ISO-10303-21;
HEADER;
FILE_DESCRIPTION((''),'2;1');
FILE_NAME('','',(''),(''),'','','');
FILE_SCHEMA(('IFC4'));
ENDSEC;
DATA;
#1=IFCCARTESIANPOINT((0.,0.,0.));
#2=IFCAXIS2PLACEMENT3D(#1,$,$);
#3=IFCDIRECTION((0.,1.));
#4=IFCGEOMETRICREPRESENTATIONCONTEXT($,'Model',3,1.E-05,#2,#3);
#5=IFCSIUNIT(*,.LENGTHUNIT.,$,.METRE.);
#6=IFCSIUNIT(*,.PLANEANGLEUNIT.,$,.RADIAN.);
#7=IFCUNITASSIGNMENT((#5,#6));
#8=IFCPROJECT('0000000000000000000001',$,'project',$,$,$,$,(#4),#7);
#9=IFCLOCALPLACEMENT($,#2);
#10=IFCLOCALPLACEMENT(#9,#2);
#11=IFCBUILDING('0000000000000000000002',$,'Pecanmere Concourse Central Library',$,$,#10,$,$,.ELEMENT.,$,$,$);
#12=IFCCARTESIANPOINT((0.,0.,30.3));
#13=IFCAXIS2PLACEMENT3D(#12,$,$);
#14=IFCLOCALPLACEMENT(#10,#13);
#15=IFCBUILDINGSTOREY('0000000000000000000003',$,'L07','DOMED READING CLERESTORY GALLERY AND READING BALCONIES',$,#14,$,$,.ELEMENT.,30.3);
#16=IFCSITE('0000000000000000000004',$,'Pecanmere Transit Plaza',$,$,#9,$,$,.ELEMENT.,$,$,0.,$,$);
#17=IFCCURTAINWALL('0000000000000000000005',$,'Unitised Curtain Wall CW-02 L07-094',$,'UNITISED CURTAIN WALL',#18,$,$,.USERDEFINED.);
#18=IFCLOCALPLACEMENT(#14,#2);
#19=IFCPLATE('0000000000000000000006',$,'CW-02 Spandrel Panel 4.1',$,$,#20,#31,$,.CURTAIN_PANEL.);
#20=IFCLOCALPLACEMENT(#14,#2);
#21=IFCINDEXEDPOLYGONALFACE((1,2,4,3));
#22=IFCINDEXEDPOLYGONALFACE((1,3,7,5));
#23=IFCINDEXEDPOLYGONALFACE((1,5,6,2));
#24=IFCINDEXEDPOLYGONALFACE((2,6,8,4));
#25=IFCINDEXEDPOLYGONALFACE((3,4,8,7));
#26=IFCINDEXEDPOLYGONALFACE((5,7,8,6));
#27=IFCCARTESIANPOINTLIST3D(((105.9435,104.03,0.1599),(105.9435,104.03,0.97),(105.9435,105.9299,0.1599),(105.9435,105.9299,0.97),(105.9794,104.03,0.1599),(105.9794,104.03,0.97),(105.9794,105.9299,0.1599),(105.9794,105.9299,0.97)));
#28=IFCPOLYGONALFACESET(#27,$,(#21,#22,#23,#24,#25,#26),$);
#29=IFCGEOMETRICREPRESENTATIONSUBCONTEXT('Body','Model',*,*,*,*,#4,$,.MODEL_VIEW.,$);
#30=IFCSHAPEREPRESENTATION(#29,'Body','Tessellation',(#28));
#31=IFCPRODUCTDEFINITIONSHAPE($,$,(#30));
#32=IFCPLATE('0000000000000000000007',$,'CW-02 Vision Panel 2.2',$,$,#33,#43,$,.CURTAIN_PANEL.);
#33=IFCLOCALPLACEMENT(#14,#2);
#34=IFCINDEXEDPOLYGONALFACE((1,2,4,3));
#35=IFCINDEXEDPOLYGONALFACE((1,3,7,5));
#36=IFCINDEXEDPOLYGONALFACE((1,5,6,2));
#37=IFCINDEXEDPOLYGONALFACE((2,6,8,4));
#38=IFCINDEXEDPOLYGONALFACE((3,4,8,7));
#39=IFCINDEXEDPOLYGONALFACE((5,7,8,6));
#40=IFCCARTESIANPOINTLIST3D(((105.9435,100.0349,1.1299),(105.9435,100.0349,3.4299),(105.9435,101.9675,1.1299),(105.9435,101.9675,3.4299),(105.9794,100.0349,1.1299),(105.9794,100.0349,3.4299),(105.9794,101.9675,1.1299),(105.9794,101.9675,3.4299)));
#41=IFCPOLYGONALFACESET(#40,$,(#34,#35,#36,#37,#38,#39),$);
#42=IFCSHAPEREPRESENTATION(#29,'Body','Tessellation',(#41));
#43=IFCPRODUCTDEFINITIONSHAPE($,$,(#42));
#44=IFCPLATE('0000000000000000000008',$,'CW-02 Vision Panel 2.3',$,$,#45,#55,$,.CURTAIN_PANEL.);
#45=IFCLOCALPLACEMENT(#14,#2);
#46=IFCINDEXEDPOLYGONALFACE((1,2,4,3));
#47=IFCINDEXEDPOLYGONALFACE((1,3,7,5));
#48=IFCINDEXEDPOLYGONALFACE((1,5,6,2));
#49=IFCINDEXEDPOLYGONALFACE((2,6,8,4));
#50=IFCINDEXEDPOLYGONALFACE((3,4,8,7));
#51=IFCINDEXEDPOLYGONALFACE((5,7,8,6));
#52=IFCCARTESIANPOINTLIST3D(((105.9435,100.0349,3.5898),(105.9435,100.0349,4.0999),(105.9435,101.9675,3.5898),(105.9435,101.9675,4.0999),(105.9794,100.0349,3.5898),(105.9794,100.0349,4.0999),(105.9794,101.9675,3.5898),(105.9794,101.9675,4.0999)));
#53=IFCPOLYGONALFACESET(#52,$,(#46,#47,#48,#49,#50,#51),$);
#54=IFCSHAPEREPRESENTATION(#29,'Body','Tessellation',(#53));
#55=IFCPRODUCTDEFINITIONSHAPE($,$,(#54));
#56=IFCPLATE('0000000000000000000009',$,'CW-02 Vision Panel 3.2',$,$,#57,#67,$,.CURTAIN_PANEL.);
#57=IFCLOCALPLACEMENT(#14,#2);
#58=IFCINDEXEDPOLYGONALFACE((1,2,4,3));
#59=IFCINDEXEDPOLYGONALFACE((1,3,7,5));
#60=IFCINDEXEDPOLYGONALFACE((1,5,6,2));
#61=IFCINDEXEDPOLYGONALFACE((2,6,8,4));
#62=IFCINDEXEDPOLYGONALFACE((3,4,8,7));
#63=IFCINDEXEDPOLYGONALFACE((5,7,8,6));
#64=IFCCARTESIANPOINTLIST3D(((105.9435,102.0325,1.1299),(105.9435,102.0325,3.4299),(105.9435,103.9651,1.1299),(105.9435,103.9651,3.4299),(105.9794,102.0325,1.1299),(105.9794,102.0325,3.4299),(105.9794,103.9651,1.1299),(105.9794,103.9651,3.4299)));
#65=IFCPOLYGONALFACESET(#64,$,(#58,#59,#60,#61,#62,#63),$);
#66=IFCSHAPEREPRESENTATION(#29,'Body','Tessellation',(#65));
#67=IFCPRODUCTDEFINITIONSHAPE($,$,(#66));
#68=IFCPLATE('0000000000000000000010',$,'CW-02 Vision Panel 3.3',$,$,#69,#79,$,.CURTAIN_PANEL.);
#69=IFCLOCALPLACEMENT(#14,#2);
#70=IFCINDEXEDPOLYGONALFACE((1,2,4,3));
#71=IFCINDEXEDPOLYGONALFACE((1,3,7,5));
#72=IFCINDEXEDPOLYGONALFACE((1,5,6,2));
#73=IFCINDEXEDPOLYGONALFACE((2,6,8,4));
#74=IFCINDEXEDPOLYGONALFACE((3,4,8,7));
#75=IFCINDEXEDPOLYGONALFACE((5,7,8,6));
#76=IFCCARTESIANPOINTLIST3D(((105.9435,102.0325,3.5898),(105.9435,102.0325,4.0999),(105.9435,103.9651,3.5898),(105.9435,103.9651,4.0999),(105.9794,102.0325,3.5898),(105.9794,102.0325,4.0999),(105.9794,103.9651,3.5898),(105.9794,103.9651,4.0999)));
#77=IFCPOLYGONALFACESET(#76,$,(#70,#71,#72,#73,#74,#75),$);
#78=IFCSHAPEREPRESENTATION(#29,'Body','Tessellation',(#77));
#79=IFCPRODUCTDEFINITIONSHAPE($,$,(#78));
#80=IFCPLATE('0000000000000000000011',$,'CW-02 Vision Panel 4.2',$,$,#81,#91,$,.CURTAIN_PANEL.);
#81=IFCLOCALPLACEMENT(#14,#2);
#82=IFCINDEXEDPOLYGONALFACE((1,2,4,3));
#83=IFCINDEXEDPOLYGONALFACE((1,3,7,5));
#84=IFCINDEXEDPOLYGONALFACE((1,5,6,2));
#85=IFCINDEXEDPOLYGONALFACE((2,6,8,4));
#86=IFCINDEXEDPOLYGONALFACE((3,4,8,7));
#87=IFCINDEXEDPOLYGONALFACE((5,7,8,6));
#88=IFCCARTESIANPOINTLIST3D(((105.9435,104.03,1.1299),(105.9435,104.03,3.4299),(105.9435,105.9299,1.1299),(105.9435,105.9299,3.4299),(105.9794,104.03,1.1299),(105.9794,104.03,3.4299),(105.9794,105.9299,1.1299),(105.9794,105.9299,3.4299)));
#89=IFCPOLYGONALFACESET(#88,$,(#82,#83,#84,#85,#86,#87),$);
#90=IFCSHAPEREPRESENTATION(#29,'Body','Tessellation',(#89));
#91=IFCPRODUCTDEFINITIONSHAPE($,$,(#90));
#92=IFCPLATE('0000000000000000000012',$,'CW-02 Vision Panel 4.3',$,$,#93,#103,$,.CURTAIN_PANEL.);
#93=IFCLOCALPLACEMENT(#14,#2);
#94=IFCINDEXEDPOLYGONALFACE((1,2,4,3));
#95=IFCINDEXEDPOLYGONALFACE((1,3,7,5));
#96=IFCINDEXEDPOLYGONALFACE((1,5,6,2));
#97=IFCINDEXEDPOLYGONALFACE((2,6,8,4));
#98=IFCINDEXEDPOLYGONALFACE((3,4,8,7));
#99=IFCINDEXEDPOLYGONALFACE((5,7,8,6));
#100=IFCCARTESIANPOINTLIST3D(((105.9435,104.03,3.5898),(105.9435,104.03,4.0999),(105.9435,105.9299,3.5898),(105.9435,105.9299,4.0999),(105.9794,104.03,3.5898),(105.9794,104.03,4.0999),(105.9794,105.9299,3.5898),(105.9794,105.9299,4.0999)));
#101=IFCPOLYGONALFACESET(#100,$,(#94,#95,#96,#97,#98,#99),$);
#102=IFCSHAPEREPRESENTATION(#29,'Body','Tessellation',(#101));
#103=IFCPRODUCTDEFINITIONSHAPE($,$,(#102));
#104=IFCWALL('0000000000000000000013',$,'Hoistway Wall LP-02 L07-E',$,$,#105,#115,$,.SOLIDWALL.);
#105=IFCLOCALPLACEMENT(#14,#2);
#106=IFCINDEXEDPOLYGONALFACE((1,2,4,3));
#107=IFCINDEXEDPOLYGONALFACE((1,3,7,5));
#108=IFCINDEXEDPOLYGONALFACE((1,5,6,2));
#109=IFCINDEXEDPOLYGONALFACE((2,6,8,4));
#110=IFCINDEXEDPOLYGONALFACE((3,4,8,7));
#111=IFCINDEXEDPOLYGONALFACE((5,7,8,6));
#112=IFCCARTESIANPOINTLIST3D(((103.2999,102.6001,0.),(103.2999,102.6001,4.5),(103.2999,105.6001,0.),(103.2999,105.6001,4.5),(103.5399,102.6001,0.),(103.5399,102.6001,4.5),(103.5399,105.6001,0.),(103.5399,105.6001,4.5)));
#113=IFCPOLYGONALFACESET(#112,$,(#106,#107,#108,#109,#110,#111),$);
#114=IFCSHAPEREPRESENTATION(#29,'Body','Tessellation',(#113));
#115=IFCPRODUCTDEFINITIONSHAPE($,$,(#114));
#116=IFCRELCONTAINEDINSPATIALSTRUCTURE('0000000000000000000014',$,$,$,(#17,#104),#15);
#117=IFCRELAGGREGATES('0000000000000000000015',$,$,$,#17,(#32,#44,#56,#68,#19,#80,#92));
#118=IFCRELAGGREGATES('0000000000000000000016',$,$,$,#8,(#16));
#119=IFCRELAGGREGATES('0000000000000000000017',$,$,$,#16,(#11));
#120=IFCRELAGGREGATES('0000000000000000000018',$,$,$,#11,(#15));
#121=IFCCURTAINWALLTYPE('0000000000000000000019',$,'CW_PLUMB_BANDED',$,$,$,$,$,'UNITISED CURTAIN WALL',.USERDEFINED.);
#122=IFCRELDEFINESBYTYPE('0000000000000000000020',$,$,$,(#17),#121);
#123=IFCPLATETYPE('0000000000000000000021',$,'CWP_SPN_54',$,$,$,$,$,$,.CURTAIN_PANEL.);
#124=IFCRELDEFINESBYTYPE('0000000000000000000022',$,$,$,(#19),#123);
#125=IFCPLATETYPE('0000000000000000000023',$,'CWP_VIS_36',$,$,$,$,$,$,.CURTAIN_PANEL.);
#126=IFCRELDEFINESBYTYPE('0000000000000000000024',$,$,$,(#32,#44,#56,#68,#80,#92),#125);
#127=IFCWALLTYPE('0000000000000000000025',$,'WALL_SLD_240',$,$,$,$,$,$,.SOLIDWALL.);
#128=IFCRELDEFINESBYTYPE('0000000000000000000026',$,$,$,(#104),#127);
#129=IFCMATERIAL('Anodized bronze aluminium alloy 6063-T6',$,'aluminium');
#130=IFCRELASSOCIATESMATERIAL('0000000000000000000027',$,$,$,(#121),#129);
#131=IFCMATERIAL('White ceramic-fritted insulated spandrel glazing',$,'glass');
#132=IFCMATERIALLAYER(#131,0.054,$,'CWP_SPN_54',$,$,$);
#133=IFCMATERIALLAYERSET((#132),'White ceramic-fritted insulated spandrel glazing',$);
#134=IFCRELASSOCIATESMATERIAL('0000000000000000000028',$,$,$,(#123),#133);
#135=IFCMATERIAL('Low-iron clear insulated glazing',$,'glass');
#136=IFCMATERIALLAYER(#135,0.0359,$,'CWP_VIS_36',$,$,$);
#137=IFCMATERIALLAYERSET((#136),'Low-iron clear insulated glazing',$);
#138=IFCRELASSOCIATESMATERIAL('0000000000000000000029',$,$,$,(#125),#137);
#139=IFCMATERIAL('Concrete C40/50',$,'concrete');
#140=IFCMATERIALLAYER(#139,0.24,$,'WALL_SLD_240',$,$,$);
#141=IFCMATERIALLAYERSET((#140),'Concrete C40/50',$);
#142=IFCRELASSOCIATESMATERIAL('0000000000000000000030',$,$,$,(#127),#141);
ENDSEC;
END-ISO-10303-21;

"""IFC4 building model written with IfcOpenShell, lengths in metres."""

from ifc_helpers import new_model, si_unit, direction, frame, frame_2d, origin, origin_2d, place, context, subcontext, project, spatial, rectangle, extrude, material, layer, layer_set, type_object, element, aggregate, save


model = new_model("IFC4")

# Units and contexts
model_context = context("Model", 3, precision=1e-05, world=origin(), true_north=direction((0.0, 1.0)))
body_context = subcontext(model_context, "Body", "Model", "MODEL_VIEW")
ifc_project = project(units=[si_unit("LENGTHUNIT", "METRE"), si_unit("PLANEANGLEUNIT", "RADIAN")], contexts=[model_context])

# Site, building, storey
site_placement = place(None, origin())
site = spatial("IfcSite", under=ifc_project, at=site_placement, Name="Pecanmere Transit Plaza", CompositionType="ELEMENT", RefElevation=0.0)
building_placement = place(site_placement, origin())
building = spatial("IfcBuilding", under=site, at=building_placement, Name="Pecanmere Concourse Central Library", CompositionType="ELEMENT")
storey_placement = place(building_placement, frame((0.0, 0.0, 30.3)))
storey = spatial("IfcBuildingStorey", under=building, at=storey_placement, Name="L07", Description="DOMED READING CLERESTORY GALLERY AND READING BALCONIES", CompositionType="ELEMENT", Elevation=30.3)

# Curtain wall, plates
ifc_material_1 = material(Name="Anodized bronze aluminium alloy 6063-T6", Category="aluminium")
curtain_wall_type = type_object("IfcCurtainWallType", Name="CW_PLUMB_BANDED", ElementType="UNITISED CURTAIN WALL", PredefinedType="USERDEFINED", material=ifc_material_1)
curtain_wall_placement = place(storey_placement, origin())
curtain_wall = element("IfcCurtainWall", 1, at=curtain_wall_placement, inside=storey, type_object=curtain_wall_type, Name="Unitised Curtain Wall CW-02 L07-094", ObjectType="UNITISED CURTAIN WALL", PredefinedType="USERDEFINED")
ifc_material_2 = material(Name="White ceramic-fritted insulated spandrel glazing", Category="glass")
ifc_layer_1 = layer(ifc_material_2, 0.054, Name="CWP_SPN_54")
ifc_layer_set_1 = layer_set([ifc_layer_1], Name="White ceramic-fritted insulated spandrel glazing")
plate_type_1 = type_object("IfcPlateType", Name="CWP_SPN_54", PredefinedType="CURTAIN_PANEL", material=ifc_layer_set_1)
plate_1_placement = place(storey_placement, frame((105.9614, 104.98, 0.1599), z_axis=(0.0, 0.0, 1.0), x_axis=(0.0, 1.0, 0.0)))
plate_1 = element("IfcPlate", 2, at=plate_1_placement, type_object=plate_type_1, Name="CW-02 Spandrel Panel 4.1", PredefinedType="CURTAIN_PANEL", context=body_context, shape_type="SweptSolid", body=[
    extrude(rectangle(XDim=1.8999, YDim=0.0359, at=origin_2d()), origin(), (0.0, 0.0, 1.0), 0.8101),
])
ifc_material_3 = material(Name="Low-iron clear insulated glazing", Category="glass")
ifc_layer_2 = layer(ifc_material_3, 0.0359, Name="CWP_VIS_36")
ifc_layer_set_2 = layer_set([ifc_layer_2], Name="Low-iron clear insulated glazing")
plate_type_2 = type_object("IfcPlateType", Name="CWP_VIS_36", PredefinedType="CURTAIN_PANEL", material=ifc_layer_set_2)
plate_2_placement = place(storey_placement, frame((105.9614, 101.0012, 1.1299), z_axis=(0.0, 0.0, 1.0), x_axis=(0.0, 1.0, 0.0)))
plate_2 = element("IfcPlate", 3, at=plate_2_placement, type_object=plate_type_2, Name="CW-02 Vision Panel 2.2", PredefinedType="CURTAIN_PANEL", context=body_context, shape_type="SweptSolid", body=[
    extrude(rectangle(XDim=1.9326, YDim=0.0359, at=origin_2d()), origin(), (0.0, 0.0, 1.0), 2.3),
])
plate_3_placement = place(storey_placement, frame((105.9614, 101.0012, 3.5898), z_axis=(0.0, 0.0, 1.0), x_axis=(0.0, 1.0, 0.0)))
plate_3 = element("IfcPlate", 4, at=plate_3_placement, type_object=plate_type_2, Name="CW-02 Vision Panel 2.3", PredefinedType="CURTAIN_PANEL", context=body_context, shape_type="SweptSolid", body=[
    extrude(rectangle(XDim=1.9326, YDim=0.0359, at=origin_2d()), origin(), (0.0, 0.0, 1.0), 0.51),
])
plate_4_placement = place(storey_placement, frame((105.9614, 102.9988, 1.1299), z_axis=(0.0, 0.0, 1.0), x_axis=(0.0, 1.0, 0.0)))
plate_4 = element("IfcPlate", 5, at=plate_4_placement, type_object=plate_type_2, Name="CW-02 Vision Panel 3.2", PredefinedType="CURTAIN_PANEL", context=body_context, shape_type="SweptSolid", body=[
    extrude(rectangle(XDim=1.9326, YDim=0.0359, at=origin_2d()), origin(), (0.0, 0.0, 1.0), 2.3),
])
plate_5_placement = place(storey_placement, frame((105.9614, 102.9988, 3.5898), z_axis=(0.0, 0.0, 1.0), x_axis=(0.0, 1.0, 0.0)))
plate_5 = element("IfcPlate", 6, at=plate_5_placement, type_object=plate_type_2, Name="CW-02 Vision Panel 3.3", PredefinedType="CURTAIN_PANEL", context=body_context, shape_type="SweptSolid", body=[
    extrude(rectangle(XDim=1.9326, YDim=0.0359, at=origin_2d()), origin(), (0.0, 0.0, 1.0), 0.51),
])
plate_6_placement = place(storey_placement, frame((105.9614, 104.98, 1.1299), z_axis=(0.0, 0.0, 1.0), x_axis=(0.0, 1.0, 0.0)))
plate_6 = element("IfcPlate", 7, at=plate_6_placement, type_object=plate_type_2, Name="CW-02 Vision Panel 4.2", PredefinedType="CURTAIN_PANEL", context=body_context, shape_type="SweptSolid", body=[
    extrude(rectangle(XDim=1.8999, YDim=0.0359, at=origin_2d()), origin(), (0.0, 0.0, 1.0), 2.3),
])
plate_7_placement = place(storey_placement, frame((105.9614, 104.98, 3.5898), z_axis=(0.0, 0.0, 1.0), x_axis=(0.0, 1.0, 0.0)))
plate_7 = element("IfcPlate", 8, at=plate_7_placement, type_object=plate_type_2, Name="CW-02 Vision Panel 4.3", PredefinedType="CURTAIN_PANEL", context=body_context, shape_type="SweptSolid", body=[
    extrude(rectangle(XDim=1.8999, YDim=0.0359, at=origin_2d()), origin(), (0.0, 0.0, 1.0), 0.51),
])
aggregate(curtain_wall, [plate_2, plate_3, plate_4, plate_5, plate_1, plate_6, plate_7])

# Wall
ifc_material_4 = material(Name="Concrete C40/50", Category="concrete")
ifc_layer_3 = layer(ifc_material_4, 0.24, Name="WALL_SLD_240")
ifc_layer_set_3 = layer_set([ifc_layer_3], Name="Concrete C40/50")
wall_type = type_object("IfcWallType", Name="WALL_SLD_240", PredefinedType="SOLIDWALL", material=ifc_layer_set_3)
wall_placement = place(storey_placement, frame((103.4199, 102.6001, 0.0), z_axis=(0.0, 0.0, 1.0), x_axis=(0.0, 1.0, 0.0)))
element("IfcWall", 9, at=wall_placement, inside=storey, type_object=wall_type, Name="Hoistway Wall LP-02 L07-E", PredefinedType="SOLIDWALL", context=body_context, shape_type="SweptSolid", body=[
    extrude(rectangle(XDim=3.0, YDim=0.24, at=frame_2d((1.5, 0.0))), origin(), (0.0, 0.0, 1.0), 4.5),
])

save(model, "model.ifc")
